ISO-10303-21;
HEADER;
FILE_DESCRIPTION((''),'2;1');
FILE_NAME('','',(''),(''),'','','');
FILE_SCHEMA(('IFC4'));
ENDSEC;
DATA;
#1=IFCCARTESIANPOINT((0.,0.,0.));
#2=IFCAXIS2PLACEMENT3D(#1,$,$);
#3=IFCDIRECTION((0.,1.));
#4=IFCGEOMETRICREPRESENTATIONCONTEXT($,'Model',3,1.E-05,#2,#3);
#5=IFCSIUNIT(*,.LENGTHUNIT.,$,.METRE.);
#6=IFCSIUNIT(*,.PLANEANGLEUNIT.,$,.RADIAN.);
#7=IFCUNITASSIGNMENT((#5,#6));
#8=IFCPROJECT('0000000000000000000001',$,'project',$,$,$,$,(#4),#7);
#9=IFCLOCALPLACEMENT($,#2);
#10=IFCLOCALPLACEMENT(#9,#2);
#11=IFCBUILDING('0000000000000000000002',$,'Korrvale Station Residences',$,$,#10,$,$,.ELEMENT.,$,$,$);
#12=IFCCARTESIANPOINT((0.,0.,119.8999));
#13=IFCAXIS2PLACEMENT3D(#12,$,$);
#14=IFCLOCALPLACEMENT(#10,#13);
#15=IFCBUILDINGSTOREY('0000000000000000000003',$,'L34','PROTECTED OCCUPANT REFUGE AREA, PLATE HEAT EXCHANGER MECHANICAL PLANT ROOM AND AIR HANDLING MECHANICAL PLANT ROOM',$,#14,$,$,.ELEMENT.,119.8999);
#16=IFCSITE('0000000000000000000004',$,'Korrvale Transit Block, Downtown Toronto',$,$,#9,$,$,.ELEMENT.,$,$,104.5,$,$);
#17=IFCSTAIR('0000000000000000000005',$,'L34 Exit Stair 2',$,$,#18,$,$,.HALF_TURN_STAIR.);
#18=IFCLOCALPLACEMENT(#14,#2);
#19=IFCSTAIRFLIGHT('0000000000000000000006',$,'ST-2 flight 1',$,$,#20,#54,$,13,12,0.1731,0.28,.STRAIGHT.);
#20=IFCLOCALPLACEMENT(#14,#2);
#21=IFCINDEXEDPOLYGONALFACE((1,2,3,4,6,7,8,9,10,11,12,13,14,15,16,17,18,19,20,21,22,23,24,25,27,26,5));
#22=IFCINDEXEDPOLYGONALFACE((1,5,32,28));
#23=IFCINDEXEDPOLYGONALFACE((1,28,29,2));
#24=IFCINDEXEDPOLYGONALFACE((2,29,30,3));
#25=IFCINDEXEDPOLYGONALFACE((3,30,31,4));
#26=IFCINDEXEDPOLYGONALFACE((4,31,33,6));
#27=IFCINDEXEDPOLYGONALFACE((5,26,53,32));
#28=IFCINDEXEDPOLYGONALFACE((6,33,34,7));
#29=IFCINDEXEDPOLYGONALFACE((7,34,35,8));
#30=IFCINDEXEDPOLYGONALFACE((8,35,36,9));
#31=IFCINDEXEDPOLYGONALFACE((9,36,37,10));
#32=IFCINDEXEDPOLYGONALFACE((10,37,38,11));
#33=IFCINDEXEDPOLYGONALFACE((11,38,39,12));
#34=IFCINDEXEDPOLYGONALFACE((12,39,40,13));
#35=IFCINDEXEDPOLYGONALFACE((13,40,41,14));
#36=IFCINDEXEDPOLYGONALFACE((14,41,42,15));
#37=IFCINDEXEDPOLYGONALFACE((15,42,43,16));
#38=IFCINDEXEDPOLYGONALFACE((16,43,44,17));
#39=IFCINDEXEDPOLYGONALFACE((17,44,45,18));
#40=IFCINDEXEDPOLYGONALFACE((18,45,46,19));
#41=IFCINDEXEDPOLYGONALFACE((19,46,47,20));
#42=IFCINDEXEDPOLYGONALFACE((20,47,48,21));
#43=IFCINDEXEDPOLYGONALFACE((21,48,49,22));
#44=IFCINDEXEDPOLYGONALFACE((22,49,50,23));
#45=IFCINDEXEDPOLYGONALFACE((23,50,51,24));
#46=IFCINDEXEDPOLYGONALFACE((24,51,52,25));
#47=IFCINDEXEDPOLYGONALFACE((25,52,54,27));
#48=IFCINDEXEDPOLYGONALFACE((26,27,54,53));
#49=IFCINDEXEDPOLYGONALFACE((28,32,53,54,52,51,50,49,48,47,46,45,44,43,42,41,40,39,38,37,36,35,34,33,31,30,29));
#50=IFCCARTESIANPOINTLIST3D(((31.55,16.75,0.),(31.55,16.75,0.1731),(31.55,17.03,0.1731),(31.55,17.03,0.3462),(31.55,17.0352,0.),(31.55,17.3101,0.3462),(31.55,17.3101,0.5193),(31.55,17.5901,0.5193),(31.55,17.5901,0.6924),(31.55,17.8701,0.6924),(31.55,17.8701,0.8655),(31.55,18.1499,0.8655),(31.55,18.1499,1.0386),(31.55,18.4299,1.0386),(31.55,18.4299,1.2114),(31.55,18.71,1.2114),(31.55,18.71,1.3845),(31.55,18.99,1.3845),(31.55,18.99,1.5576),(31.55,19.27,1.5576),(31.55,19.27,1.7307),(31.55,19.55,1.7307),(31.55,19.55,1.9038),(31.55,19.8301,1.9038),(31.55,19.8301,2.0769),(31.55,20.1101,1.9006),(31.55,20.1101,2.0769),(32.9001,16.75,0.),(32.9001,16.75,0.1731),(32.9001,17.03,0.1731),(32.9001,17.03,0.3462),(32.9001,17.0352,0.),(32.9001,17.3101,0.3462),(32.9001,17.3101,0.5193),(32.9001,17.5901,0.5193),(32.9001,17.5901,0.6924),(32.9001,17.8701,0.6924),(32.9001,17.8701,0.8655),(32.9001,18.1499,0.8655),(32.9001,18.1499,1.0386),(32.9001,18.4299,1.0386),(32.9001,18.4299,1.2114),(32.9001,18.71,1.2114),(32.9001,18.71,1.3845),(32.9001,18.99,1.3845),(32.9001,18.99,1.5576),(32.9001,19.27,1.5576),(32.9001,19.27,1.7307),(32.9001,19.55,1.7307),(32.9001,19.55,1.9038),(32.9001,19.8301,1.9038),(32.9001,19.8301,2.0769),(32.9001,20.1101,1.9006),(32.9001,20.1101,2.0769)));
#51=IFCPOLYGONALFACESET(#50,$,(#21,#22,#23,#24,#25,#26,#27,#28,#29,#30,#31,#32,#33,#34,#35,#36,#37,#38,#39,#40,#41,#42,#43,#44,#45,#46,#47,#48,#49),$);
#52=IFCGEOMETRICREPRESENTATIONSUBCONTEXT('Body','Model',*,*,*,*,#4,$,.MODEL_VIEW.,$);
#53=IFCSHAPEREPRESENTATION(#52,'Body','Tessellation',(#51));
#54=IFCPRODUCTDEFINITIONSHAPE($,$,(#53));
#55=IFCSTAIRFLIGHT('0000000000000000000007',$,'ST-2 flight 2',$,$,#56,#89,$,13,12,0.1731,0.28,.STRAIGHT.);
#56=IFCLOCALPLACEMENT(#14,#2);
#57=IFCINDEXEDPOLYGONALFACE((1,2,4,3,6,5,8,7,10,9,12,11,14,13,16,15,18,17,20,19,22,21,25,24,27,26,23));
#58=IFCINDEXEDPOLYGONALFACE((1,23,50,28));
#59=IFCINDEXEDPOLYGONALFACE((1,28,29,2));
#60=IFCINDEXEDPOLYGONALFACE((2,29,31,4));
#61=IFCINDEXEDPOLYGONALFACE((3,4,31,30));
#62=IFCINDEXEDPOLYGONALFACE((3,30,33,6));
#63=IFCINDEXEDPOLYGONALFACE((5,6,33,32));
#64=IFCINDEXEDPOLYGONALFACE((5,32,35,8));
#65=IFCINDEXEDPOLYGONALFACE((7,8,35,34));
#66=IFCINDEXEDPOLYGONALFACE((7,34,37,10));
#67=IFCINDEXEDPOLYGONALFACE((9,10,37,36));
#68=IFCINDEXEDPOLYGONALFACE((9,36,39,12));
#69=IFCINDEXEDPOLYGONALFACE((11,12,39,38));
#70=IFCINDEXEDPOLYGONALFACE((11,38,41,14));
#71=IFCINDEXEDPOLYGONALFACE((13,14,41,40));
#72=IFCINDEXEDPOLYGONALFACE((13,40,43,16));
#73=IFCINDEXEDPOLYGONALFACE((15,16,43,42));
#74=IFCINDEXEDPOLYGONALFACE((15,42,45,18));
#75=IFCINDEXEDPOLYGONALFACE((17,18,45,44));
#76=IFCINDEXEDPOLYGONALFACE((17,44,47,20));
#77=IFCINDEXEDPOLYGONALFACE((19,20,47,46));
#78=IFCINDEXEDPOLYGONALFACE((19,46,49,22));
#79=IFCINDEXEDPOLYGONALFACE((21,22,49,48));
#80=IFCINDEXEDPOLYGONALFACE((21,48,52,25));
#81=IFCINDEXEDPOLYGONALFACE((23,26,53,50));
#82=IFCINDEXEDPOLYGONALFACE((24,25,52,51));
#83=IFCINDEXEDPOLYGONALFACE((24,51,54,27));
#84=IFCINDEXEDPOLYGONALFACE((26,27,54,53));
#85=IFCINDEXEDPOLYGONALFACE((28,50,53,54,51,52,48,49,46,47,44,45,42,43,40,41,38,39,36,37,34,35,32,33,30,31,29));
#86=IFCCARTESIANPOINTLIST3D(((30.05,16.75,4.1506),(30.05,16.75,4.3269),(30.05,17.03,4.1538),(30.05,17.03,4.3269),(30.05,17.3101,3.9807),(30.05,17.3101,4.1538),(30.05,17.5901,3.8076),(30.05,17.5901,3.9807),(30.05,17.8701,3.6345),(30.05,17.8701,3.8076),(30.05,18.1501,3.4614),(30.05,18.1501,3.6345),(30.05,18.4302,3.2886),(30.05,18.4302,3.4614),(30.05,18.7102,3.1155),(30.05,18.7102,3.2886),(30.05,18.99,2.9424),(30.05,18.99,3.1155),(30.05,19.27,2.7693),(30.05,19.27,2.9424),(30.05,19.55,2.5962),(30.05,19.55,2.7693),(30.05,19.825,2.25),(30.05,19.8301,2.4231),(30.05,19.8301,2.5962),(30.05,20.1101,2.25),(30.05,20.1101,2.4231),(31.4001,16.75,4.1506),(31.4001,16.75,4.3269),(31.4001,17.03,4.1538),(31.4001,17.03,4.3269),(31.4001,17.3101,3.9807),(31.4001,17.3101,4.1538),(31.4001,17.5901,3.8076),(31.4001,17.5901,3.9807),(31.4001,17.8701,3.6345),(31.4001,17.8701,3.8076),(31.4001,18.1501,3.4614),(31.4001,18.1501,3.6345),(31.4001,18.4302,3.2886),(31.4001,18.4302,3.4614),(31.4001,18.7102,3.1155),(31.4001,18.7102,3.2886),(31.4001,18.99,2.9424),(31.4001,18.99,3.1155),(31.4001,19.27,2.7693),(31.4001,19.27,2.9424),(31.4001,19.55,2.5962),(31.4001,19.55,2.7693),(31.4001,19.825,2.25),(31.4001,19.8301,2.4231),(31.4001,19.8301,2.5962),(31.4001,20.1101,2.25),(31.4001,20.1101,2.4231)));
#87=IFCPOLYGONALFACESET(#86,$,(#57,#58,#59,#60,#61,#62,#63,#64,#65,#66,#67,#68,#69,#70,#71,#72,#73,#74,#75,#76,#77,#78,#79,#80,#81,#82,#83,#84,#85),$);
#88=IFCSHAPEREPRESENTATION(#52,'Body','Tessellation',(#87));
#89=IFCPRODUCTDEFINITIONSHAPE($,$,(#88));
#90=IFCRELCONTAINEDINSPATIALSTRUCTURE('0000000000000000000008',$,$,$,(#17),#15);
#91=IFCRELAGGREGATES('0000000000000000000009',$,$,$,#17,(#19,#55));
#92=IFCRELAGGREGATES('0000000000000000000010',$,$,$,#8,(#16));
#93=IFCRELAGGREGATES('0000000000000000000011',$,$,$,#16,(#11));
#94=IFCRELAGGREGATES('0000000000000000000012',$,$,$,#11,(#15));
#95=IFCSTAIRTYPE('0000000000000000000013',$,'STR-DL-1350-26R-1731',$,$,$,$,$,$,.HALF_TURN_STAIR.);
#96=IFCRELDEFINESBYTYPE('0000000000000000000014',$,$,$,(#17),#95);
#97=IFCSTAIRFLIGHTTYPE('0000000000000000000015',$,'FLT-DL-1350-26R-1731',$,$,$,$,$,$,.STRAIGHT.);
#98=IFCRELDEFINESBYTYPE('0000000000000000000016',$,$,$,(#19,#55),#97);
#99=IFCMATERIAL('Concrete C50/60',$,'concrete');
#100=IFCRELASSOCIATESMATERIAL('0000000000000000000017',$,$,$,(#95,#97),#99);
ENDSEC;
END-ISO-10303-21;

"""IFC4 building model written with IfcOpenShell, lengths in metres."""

from ifc_helpers import new_model, si_unit, direction, frame, origin, place, context, subcontext, project, spatial, polyline, outline, extrude, material, type_object, element, aggregate, save


model = new_model("IFC4")

# Units and contexts
model_context = context("Model", 3, precision=1e-05, world=origin(), true_north=direction((0.0, 1.0)))
body_context = subcontext(model_context, "Body", "Model", "MODEL_VIEW")
ifc_project = project(units=[si_unit("LENGTHUNIT", "METRE"), si_unit("PLANEANGLEUNIT", "RADIAN")], contexts=[model_context])

# Site, building, storey
site_placement = place(None, origin())
site = spatial("IfcSite", under=ifc_project, at=site_placement, Name="Korrvale Transit Block, Downtown Toronto", CompositionType="ELEMENT", RefElevation=104.5)
building_placement = place(site_placement, origin())
building = spatial("IfcBuilding", under=site, at=building_placement, Name="Korrvale Station Residences", CompositionType="ELEMENT")
storey_placement = place(building_placement, frame((0.0, 0.0, 119.8999)))
storey = spatial("IfcBuildingStorey", under=building, at=storey_placement, Name="L34", Description="PROTECTED OCCUPANT REFUGE AREA, PLATE HEAT EXCHANGER MECHANICAL PLANT ROOM AND AIR HANDLING MECHANICAL PLANT ROOM", CompositionType="ELEMENT", Elevation=119.8999)

# Stair, stair flights
ifc_material_1 = material(Name="Concrete C50/60", Category="concrete")
stair_type = type_object("IfcStairType", Name="STR-DL-1350-26R-1731", PredefinedType="HALF_TURN_STAIR", material=ifc_material_1)
stair_placement = place(storey_placement, origin())
stair = element("IfcStair", 1, at=stair_placement, inside=storey, type_object=stair_type, Name="L34 Exit Stair 2", PredefinedType="HALF_TURN_STAIR")
stair_flight_type = type_object("IfcStairFlightType", Name="FLT-DL-1350-26R-1731", PredefinedType="STRAIGHT", material=ifc_material_1)
stair_flight_1_placement = place(storey_placement, frame((32.2251, 16.75, 0.0), z_axis=(0.0, 0.0, 1.0), x_axis=(0.0, 1.0, 0.0)))
stair_flight_1 = element("IfcStairFlight", 2, at=stair_flight_1_placement, type_object=stair_flight_type, Name="ST-2 flight 1", NumberOfRisers=13, NumberOfTreads=12, PredefinedType="STRAIGHT", RiserHeight=0.1731, TreadLength=0.28, context=body_context, shape_type="SweptSolid", body=[
    extrude(outline(polyline([(0.0, 0.0), (0.0, 0.1731), (0.28, 0.1731), (0.28, 0.3462), (0.5601, 0.3462), (0.5601, 0.5193), (0.8401, 0.5193), (0.8401, 0.6924), (1.1201, 0.6924), (1.1201, 0.8655), (1.3999, 0.8655), (1.3999, 1.0386), (1.6799, 1.0386), (1.6799, 1.2114), (1.96, 1.2114), (1.96, 1.3845), (2.24, 1.3845), (2.24, 1.5576), (2.52, 1.5576), (2.52, 1.7307), (2.8, 1.7307), (2.8, 1.9038), (3.0801, 1.9038), (3.0801, 2.0769), (3.3601, 2.0769), (3.3601, 2.25), (3.3601, 1.9006), (0.2852, 0.0), (0.0, 0.0)])), frame((0.0, 0.675, 0.0), z_axis=(0.0, -1.0, 0.0), x_axis=(1.0, 0.0, 0.0)), (0.0, 0.0, 1.0), 1.3501),
])
stair_flight_2_placement = place(storey_placement, frame((30.7251, 20.1101, 2.25), z_axis=(0.0, 0.0, 1.0), x_axis=(0.0, -1.0, 0.0)))
stair_flight_2 = element("IfcStairFlight", 3, at=stair_flight_2_placement, type_object=stair_flight_type, Name="ST-2 flight 2", NumberOfRisers=13, NumberOfTreads=12, PredefinedType="STRAIGHT", RiserHeight=0.1731, TreadLength=0.28, context=body_context, shape_type="SweptSolid", body=[
    extrude(outline(polyline([(0.0, 0.0), (0.0, 0.1731), (0.28, 0.1731), (0.28, 0.3462), (0.5601, 0.3462), (0.5601, 0.5193), (0.8401, 0.5193), (0.8401, 0.6924), (1.1201, 0.6924), (1.1201, 0.8655), (1.3999, 0.8655), (1.3999, 1.0386), (1.6799, 1.0386), (1.6799, 1.2114), (1.96, 1.2114), (1.96, 1.3845), (2.24, 1.3845), (2.24, 1.5576), (2.52, 1.5576), (2.52, 1.7307), (2.8, 1.7307), (2.8, 1.9038), (3.0801, 1.9038), (3.0801, 2.0769), (3.3601, 2.0769), (3.3601, 2.25), (3.3601, 1.9006), (0.2852, 0.0), (0.0, 0.0)])), frame((0.0, 0.675, 0.0), z_axis=(0.0, -1.0, 0.0), x_axis=(1.0, 0.0, 0.0)), (0.0, 0.0, 1.0), 1.3501),
])
aggregate(stair, [stair_flight_1, stair_flight_2])

save(model, "model.ifc")
